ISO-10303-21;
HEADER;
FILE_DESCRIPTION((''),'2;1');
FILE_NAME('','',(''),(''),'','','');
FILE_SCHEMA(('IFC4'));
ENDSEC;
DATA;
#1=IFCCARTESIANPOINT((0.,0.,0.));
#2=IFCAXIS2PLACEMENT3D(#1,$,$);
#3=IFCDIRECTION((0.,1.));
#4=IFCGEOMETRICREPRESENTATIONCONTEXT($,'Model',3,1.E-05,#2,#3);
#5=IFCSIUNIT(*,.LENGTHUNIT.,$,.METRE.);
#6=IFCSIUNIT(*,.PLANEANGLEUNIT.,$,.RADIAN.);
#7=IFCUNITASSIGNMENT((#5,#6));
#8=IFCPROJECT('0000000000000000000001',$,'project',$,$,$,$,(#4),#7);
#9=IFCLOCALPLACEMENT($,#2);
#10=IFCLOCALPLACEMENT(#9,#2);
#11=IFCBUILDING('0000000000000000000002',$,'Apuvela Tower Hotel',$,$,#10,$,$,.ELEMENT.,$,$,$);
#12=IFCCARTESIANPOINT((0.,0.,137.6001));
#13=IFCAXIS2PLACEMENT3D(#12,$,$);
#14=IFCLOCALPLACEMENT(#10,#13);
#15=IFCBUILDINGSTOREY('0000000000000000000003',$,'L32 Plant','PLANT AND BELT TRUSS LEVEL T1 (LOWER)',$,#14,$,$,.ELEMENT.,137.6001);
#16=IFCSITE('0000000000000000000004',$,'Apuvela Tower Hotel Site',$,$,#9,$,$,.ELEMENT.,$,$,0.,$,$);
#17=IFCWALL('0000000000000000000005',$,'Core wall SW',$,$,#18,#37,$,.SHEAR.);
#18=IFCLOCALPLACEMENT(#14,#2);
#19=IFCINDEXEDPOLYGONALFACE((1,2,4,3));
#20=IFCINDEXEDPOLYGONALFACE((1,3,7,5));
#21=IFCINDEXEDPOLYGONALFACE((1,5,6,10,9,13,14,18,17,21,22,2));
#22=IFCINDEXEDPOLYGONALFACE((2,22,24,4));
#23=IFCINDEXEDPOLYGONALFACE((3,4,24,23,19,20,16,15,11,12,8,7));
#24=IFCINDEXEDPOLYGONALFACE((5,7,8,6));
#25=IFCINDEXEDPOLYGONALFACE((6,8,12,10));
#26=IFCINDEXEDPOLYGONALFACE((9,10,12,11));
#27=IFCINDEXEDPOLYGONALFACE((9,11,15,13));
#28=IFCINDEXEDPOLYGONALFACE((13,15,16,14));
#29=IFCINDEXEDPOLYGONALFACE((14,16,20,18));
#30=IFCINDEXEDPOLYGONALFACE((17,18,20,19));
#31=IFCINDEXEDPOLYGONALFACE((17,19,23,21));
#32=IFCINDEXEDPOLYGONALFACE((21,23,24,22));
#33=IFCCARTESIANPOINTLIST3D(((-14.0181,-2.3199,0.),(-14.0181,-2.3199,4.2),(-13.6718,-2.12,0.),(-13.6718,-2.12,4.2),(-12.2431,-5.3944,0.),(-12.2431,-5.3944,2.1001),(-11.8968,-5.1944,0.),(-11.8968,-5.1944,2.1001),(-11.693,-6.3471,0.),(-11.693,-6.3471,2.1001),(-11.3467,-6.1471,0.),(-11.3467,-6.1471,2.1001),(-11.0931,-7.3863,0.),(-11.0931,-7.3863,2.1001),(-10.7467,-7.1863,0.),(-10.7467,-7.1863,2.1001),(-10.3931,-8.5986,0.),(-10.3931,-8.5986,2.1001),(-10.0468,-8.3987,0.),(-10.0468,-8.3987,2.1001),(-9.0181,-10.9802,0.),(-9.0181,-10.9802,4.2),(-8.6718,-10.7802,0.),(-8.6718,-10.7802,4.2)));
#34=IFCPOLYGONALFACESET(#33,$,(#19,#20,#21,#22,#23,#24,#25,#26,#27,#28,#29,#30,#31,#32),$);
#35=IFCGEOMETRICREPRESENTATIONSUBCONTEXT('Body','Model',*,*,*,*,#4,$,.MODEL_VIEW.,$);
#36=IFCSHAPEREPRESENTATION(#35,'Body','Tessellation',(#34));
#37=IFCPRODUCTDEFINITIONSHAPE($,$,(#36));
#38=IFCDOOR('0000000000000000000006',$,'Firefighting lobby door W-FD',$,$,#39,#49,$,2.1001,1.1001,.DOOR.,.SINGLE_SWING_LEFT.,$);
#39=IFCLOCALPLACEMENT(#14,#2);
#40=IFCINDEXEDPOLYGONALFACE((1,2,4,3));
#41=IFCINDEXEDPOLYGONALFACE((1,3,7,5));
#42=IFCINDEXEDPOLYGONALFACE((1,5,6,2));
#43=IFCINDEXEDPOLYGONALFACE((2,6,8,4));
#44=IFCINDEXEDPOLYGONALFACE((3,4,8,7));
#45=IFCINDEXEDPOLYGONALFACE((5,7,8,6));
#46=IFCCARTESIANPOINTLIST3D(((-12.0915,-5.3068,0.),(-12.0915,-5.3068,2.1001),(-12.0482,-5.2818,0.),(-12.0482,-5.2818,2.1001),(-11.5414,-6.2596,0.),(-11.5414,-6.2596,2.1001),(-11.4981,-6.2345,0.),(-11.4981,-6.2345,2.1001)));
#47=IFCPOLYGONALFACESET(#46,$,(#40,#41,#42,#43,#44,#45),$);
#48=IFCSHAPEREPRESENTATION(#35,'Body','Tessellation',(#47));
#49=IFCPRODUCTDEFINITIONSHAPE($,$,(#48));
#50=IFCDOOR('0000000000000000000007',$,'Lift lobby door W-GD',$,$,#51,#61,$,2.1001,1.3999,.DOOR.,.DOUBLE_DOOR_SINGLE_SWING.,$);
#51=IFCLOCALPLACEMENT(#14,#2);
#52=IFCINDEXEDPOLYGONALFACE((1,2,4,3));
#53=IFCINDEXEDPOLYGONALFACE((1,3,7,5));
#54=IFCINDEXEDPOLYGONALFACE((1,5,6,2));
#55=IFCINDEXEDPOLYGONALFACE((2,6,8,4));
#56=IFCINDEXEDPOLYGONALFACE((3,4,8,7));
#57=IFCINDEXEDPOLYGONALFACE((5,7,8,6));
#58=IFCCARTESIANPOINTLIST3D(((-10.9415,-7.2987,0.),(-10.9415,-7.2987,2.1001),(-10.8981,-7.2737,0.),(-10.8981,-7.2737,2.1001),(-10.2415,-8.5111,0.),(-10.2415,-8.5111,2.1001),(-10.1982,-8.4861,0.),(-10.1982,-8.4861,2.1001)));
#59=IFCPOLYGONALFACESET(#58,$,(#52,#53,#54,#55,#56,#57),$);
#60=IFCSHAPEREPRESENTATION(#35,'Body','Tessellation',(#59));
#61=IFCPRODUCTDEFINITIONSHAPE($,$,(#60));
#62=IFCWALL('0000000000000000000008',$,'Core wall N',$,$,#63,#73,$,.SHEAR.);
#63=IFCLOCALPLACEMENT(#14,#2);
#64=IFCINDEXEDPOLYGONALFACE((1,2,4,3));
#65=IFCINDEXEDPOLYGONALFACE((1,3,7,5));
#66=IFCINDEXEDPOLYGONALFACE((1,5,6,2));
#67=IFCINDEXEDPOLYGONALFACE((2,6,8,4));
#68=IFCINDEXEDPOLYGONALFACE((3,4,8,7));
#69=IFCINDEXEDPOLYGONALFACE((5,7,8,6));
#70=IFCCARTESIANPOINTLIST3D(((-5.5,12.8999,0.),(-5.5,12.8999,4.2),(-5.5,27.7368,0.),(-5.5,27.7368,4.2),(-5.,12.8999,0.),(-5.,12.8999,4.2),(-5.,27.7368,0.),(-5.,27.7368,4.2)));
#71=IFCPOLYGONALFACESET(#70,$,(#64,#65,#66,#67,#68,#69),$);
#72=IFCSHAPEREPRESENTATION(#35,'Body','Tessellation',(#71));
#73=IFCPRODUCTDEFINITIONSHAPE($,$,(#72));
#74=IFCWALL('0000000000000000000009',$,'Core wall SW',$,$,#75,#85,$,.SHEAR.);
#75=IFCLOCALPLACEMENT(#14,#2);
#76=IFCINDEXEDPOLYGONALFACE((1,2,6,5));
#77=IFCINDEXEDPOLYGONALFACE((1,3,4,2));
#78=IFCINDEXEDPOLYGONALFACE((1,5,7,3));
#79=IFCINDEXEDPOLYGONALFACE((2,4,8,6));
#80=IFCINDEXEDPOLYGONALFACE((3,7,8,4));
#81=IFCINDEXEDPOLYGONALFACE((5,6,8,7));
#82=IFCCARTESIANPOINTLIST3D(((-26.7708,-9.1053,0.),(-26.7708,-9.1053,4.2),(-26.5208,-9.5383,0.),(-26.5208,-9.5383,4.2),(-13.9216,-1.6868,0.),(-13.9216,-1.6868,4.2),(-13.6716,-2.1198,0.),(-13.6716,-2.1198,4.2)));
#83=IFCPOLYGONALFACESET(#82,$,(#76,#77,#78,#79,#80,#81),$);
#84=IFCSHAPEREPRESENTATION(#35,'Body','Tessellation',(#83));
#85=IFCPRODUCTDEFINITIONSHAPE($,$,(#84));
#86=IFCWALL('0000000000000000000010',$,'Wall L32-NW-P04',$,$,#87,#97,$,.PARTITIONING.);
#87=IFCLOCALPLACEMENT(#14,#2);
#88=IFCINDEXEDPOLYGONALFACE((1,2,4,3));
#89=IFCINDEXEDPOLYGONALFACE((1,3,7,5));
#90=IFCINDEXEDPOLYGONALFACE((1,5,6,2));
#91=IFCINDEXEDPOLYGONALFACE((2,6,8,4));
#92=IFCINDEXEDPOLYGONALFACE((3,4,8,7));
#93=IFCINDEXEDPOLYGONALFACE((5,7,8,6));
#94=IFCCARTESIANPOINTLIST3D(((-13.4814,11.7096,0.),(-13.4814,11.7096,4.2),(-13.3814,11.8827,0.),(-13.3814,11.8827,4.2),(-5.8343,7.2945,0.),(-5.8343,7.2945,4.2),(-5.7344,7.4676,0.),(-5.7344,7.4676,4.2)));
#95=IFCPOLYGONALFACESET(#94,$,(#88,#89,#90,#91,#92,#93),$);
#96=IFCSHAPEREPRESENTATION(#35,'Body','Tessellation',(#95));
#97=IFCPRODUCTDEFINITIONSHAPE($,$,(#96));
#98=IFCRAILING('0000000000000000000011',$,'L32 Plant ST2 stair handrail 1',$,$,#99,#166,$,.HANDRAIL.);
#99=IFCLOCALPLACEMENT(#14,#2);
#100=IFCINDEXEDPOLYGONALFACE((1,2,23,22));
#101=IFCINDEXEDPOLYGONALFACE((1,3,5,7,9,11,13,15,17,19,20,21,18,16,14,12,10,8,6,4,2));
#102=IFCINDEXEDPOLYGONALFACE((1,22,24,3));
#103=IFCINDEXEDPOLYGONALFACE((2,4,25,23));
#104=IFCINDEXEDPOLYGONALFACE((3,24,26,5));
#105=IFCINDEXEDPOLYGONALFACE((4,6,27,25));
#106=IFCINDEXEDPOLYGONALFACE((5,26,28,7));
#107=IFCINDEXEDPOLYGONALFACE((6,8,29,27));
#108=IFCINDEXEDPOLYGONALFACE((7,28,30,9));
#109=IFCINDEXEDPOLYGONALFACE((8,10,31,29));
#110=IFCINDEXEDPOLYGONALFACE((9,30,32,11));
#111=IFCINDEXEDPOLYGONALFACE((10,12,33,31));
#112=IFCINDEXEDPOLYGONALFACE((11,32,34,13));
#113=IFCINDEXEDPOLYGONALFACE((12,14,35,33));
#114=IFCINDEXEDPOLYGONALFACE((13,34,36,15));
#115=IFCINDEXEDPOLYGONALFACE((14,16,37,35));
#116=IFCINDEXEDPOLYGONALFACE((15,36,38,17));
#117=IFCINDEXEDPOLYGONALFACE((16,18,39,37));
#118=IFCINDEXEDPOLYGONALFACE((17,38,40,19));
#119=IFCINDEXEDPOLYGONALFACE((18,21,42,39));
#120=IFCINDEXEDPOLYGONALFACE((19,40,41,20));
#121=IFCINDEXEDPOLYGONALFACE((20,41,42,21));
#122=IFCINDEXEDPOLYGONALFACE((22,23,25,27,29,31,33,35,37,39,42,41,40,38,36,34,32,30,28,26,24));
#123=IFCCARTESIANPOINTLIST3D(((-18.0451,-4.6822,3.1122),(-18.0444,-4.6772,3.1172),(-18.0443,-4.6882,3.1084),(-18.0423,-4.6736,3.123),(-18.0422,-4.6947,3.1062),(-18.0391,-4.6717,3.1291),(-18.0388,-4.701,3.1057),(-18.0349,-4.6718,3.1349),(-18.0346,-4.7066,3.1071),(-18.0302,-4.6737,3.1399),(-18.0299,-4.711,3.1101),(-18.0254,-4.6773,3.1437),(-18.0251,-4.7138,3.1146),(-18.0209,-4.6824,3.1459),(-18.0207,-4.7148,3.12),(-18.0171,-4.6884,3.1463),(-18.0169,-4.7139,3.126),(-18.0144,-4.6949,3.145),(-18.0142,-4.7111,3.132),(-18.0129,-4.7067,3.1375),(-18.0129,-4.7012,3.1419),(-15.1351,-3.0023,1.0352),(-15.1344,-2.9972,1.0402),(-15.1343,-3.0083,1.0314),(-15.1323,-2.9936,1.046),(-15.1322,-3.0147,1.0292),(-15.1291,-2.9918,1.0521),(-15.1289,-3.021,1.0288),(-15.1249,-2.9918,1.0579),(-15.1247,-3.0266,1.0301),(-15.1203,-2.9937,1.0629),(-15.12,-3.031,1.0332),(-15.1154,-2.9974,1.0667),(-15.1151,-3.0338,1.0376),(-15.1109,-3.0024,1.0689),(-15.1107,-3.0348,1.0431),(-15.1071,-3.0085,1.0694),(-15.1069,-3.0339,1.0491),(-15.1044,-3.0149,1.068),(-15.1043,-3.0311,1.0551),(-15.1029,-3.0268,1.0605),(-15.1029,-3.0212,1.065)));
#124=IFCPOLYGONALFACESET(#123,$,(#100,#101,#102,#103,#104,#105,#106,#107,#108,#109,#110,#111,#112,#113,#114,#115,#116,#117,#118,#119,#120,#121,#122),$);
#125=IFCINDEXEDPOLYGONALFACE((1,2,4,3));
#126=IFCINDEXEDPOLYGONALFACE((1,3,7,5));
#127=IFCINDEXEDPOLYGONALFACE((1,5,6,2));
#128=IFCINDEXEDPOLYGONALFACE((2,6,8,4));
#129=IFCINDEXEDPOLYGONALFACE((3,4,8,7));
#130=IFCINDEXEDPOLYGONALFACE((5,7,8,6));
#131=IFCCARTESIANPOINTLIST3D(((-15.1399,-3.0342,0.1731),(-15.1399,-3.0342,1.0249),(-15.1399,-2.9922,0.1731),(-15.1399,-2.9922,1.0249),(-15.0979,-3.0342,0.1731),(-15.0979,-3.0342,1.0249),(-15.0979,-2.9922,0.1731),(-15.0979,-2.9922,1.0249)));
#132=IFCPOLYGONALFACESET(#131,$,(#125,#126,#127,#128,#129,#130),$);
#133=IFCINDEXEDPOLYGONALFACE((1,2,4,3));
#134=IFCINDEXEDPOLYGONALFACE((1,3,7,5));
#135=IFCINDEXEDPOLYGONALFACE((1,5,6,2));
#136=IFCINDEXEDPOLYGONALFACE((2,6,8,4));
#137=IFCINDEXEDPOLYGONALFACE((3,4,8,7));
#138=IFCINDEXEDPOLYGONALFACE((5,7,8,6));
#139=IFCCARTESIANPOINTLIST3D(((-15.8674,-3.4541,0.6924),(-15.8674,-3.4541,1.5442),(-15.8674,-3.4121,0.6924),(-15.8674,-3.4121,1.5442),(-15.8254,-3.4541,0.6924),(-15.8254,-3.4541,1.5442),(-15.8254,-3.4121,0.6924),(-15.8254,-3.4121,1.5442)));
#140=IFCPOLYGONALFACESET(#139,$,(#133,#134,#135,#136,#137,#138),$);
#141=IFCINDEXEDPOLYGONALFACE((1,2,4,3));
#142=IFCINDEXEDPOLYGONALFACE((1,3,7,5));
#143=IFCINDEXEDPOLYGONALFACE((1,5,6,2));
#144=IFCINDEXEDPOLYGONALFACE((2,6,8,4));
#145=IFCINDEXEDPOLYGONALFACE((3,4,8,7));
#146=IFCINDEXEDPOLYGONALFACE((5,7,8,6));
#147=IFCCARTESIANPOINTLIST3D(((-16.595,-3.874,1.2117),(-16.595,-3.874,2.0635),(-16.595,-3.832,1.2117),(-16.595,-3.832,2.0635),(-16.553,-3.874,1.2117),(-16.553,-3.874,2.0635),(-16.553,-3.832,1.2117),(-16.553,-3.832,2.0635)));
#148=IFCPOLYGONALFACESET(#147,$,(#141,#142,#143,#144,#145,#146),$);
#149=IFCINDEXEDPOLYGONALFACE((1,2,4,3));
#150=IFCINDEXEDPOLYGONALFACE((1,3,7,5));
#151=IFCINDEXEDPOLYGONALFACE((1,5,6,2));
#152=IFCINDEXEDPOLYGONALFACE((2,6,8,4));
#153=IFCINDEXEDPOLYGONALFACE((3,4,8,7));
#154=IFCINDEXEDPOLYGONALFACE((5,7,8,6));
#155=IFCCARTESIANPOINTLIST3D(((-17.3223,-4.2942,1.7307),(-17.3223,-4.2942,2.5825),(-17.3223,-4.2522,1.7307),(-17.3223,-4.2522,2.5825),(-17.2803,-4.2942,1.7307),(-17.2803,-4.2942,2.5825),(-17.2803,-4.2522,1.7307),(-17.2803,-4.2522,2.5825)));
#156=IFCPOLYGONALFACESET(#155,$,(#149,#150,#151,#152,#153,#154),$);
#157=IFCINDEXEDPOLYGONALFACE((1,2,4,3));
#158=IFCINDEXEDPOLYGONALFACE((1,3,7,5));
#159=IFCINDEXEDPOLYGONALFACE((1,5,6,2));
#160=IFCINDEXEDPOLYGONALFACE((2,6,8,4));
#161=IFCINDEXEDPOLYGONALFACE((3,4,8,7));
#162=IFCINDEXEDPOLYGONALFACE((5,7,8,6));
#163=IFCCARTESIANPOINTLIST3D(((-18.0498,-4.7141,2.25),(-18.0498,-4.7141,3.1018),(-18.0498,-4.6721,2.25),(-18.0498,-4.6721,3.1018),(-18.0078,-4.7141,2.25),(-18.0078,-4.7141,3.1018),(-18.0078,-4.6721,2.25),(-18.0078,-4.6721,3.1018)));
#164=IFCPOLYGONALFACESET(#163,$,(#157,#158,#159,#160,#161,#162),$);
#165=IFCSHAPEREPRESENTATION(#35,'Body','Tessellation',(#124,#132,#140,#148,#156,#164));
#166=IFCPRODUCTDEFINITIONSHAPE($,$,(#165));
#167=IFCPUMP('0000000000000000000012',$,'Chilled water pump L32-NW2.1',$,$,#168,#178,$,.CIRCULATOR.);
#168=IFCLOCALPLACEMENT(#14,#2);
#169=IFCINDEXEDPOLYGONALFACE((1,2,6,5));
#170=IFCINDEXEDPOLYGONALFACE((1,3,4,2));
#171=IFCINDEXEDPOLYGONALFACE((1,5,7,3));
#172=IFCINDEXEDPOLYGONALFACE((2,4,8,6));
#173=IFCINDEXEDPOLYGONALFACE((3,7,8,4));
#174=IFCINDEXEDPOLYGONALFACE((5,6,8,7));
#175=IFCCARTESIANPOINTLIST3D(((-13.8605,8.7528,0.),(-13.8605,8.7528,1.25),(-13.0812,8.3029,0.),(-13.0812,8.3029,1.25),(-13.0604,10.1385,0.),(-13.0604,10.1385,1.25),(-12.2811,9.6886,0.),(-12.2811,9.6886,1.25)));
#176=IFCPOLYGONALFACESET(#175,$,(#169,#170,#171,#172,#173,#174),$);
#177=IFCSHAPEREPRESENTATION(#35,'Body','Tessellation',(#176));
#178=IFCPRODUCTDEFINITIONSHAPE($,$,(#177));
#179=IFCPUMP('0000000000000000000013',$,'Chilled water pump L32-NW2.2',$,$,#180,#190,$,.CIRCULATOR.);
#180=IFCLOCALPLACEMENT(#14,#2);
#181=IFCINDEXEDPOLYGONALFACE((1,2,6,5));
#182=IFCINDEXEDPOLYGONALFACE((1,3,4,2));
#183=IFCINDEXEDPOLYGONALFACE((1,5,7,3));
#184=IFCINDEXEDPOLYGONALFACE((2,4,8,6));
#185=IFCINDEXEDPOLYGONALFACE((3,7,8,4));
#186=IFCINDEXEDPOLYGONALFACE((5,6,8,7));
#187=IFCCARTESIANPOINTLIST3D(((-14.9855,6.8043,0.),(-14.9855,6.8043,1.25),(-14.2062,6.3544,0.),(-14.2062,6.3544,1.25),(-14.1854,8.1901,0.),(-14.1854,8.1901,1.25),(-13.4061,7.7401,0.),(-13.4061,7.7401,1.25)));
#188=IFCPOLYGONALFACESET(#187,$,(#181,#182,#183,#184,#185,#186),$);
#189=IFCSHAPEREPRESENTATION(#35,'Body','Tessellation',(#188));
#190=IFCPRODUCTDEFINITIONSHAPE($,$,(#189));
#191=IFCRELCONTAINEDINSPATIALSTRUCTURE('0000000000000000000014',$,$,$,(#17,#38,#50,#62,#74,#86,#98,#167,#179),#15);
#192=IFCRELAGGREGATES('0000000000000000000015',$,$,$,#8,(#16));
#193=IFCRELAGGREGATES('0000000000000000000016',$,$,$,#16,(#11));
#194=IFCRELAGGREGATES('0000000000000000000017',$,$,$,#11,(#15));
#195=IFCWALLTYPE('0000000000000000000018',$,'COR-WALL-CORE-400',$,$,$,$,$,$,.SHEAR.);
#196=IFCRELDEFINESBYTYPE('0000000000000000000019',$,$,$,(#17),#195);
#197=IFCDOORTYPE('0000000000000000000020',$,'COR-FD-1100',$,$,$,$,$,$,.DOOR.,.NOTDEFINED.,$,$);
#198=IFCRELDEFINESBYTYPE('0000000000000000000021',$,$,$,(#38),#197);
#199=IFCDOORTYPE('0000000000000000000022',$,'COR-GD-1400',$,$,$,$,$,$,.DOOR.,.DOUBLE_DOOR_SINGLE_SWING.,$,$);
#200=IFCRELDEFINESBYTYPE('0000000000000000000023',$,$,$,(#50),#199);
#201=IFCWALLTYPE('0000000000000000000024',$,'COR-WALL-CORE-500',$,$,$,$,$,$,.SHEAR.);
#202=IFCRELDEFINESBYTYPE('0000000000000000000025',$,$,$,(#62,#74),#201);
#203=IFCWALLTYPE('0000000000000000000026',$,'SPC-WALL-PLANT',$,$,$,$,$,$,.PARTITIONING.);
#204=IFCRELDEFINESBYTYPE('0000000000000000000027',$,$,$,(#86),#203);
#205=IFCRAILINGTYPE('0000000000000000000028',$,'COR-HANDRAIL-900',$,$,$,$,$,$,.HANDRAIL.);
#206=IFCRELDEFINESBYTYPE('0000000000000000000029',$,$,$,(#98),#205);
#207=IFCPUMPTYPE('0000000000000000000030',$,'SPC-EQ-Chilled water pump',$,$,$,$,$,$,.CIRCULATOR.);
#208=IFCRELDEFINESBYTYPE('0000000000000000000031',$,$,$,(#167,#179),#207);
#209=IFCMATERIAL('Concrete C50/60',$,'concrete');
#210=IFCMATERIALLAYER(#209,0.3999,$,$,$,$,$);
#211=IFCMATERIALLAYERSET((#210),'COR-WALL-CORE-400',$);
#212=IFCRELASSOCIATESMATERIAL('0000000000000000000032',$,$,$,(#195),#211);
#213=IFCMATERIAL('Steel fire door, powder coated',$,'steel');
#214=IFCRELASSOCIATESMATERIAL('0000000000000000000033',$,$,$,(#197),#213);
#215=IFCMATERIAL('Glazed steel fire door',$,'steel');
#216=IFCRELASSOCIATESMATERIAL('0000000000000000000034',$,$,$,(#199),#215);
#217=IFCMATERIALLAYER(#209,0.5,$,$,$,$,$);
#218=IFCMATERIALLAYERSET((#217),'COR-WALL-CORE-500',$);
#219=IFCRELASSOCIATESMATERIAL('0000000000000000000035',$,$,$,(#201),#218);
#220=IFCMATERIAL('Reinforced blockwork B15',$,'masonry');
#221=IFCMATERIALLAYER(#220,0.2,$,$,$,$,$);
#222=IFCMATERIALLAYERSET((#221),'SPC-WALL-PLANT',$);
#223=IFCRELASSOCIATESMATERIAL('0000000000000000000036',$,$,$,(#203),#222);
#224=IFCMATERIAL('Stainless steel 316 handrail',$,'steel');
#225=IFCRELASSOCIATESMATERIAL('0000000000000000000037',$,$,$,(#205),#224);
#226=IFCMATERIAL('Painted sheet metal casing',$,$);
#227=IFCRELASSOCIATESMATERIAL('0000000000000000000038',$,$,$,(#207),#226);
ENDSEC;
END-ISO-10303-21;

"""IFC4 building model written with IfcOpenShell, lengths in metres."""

from ifc_helpers import new_model, si_unit, direction, frame, frame_2d, origin, origin_2d, place, context, subcontext, project, spatial, rectangle, circle, extrude, material, layer, layer_set, type_object, element, fill, save


model = new_model("IFC4")

# Units and contexts
model_context = context("Model", 3, precision=1e-05, world=origin(), true_north=direction((0.0, 1.0)))
body_context = subcontext(model_context, "Body", "Model", "MODEL_VIEW")
ifc_project = project(units=[si_unit("LENGTHUNIT", "METRE"), si_unit("PLANEANGLEUNIT", "RADIAN")], contexts=[model_context])

# Site, building, storey
site_placement = place(None, origin())
site = spatial("IfcSite", under=ifc_project, at=site_placement, Name="Apuvela Tower Hotel Site", CompositionType="ELEMENT", RefElevation=0.0)
building_placement = place(site_placement, origin())
building = spatial("IfcBuilding", under=site, at=building_placement, Name="Apuvela Tower Hotel", CompositionType="ELEMENT")
storey_placement = place(building_placement, frame((0.0, 0.0, 137.6001)))
storey = spatial("IfcBuildingStorey", under=building, at=storey_placement, Name="L32 Plant", Description="PLANT AND BELT TRUSS LEVEL T1 (LOWER)", CompositionType="ELEMENT", Elevation=137.6001)

# Shared definitions
ifc_material_1 = material(Name="Concrete C50/60", Category="concrete")

# Wall, openings, doors
ifc_layer_1 = layer(ifc_material_1, 0.3999)
ifc_layer_set_1 = layer_set([ifc_layer_1], Name="COR-WALL-CORE-400")
wall_type_1 = type_object("IfcWallType", Name="COR-WALL-CORE-400", PredefinedType="SHEAR", material=ifc_layer_set_1)
wall_1_placement = place(storey_placement, frame((-13.845, -2.22, 0.0), z_axis=(0.0, 0.0, 1.0), x_axis=(0.500004, -0.866023, 0.0)))
wall_1 = element("IfcWall", 1, at=wall_1_placement, inside=storey, type_object=wall_type_1, Name="Core wall SW", PredefinedType="SHEAR", context=body_context, shape_type="SweptSolid", body=[
    extrude(rectangle(XDim=10.0, YDim=0.3999, at=frame_2d((5.0, 0.0))), origin(), (0.0, 0.0, 1.0), 4.2),
])
opening_1_placement = place(wall_1_placement, frame((3.55, 0.0, 0.0)))
opening_1 = element("IfcOpeningElement", 2, at=opening_1_placement, cuts=wall_1, PredefinedType="OPENING", context=body_context, shape_type="SweptSolid", body=[
    extrude(rectangle(XDim=1.1001, YDim=2.1001, at=frame_2d((0.55, 1.05))), frame((0.0, 0.21, 0.0), z_axis=(0.0, -1.0, 0.0), x_axis=(1.0, 0.0, 0.0)), (0.0, 0.0, 1.0), 0.4199),
])
opening_2_placement = place(wall_1_placement, frame((5.8501, 0.0, 0.0)))
opening_2 = element("IfcOpeningElement", 3, at=opening_2_placement, cuts=wall_1, PredefinedType="OPENING", context=body_context, shape_type="SweptSolid", body=[
    extrude(rectangle(XDim=1.3999, YDim=2.1001, at=frame_2d((0.7, 1.05))), frame((0.0, 0.21, 0.0), z_axis=(0.0, -1.0, 0.0), x_axis=(1.0, 0.0, 0.0)), (0.0, 0.0, 1.0), 0.4199),
])
ifc_material_2 = material(Name="Steel fire door, powder coated", Category="steel")
door_type_1 = type_object("IfcDoorType", Name="COR-FD-1100", OperationType="NOTDEFINED", PredefinedType="DOOR", material=ifc_material_2)
door_1_placement = place(opening_1_placement, frame((1.1001, 0.0, 0.0), z_axis=(0.0, 0.0, 1.0), x_axis=(-1.0, 0.0, 0.0)))
door_1 = element("IfcDoor", 4, at=door_1_placement, inside=storey, type_object=door_type_1, Name="Firefighting lobby door W-FD", OperationType="SINGLE_SWING_LEFT", OverallHeight=2.1001, OverallWidth=1.1001, PredefinedType="DOOR", context=body_context, shape_type="SweptSolid", body=[
    extrude(rectangle(XDim=1.1001, YDim=2.1001, at=frame_2d((0.55, 1.05))), frame((0.0, 0.0249, 0.0), z_axis=(0.0, -1.0, 0.0), x_axis=(1.0, 0.0, 0.0)), (0.0, 0.0, 1.0), 0.05),
])
fill(opening_1, door_1)
ifc_material_3 = material(Name="Glazed steel fire door", Category="steel")
door_type_2 = type_object("IfcDoorType", Name="COR-GD-1400", OperationType="DOUBLE_DOOR_SINGLE_SWING", PredefinedType="DOOR", material=ifc_material_3)
door_2_placement = place(opening_2_placement, frame((1.3999, 0.0, 0.0), z_axis=(0.0, 0.0, 1.0), x_axis=(-1.0, 0.0, 0.0)))
door_2 = element("IfcDoor", 5, at=door_2_placement, inside=storey, type_object=door_type_2, Name="Lift lobby door W-GD", OperationType="DOUBLE_DOOR_SINGLE_SWING", OverallHeight=2.1001, OverallWidth=1.3999, PredefinedType="DOOR", context=body_context, shape_type="SweptSolid", body=[
    extrude(rectangle(XDim=1.3999, YDim=2.1001, at=frame_2d((0.7, 1.05))), frame((0.0, 0.0249, 0.0), z_axis=(0.0, -1.0, 0.0), x_axis=(1.0, 0.0, 0.0)), (0.0, 0.0, 1.0), 0.05),
])
fill(opening_2, door_2)

# Walls
ifc_layer_2 = layer(ifc_material_1, 0.5)
ifc_layer_set_2 = layer_set([ifc_layer_2], Name="COR-WALL-CORE-500")
wall_type_2 = type_object("IfcWallType", Name="COR-WALL-CORE-500", PredefinedType="SHEAR", material=ifc_layer_set_2)
for number, where, z_axis, x_axis, name in (
    (6, (-5.25, 12.8999, 0.0), (0.0, 0.0, 1.0), (0.0, 1.0, 0.0), "Core wall N"),
    (7, (-13.7966, -1.9033, 0.0), (0.0, 0.0, 1.0), (-0.866025, -0.500001, 0.0), "Core wall SW"),
):
    element("IfcWall", number, at=place(storey_placement, frame(where, z_axis=z_axis, x_axis=x_axis)), inside=storey, type_object=wall_type_2, Name=name, PredefinedType="SHEAR", context=body_context, shape_type="SweptSolid", body=[
        extrude(rectangle(XDim=14.8369, YDim=0.5, at=frame_2d((7.4185, 0.0))), origin(), (0.0, 0.0, 1.0), 4.2),
    ])
ifc_material_4 = material(Name="Reinforced blockwork B15", Category="masonry")
ifc_layer_3 = layer(ifc_material_4, 0.2)
ifc_layer_set_3 = layer_set([ifc_layer_3], Name="SPC-WALL-PLANT")
wall_type_3 = type_object("IfcWallType", Name="SPC-WALL-PLANT", PredefinedType="PARTITIONING", material=ifc_layer_set_3)
wall_2_placement = place(storey_placement, frame((-13.4314, 11.7961, 0.0), z_axis=(0.0, 0.0, 1.0), x_axis=(0.866023, -0.500005, 0.0)))
element("IfcWall", 8, at=wall_2_placement, inside=storey, type_object=wall_type_3, Name="Wall L32-NW-P04", PredefinedType="PARTITIONING", context=body_context, shape_type="SweptSolid", body=[
    extrude(rectangle(XDim=8.8301, YDim=0.2, at=frame_2d((4.415, 0.0))), origin(), (0.0, 0.0, 1.0), 4.2),
])

# Railing
ifc_material_5 = material(Name="Stainless steel 316 handrail", Category="steel")
railing_type_1 = type_object("IfcRailingType", Name="COR-HANDRAIL-900", PredefinedType="HANDRAIL", material=ifc_material_5)
railing_1_placement = place(storey_placement, frame((-15.1189, -3.0132, 0.1731)))
element("IfcRailing", 9, at=railing_1_placement, inside=storey, type_object=railing_type_1, Name="L32 Plant ST2 stair handrail 1", PredefinedType="HANDRAIL", context=body_context, shape_type="SweptSolid", body=[
    extrude(circle(Radius=0.0239, at=origin_2d()), frame((0.0, 0.0, 0.876), z_axis=(-0.736668, -0.425288, 0.525785), x_axis=(0.499976, -0.866039, 0.0)), (0.0, 0.0, 1.0), 3.9502),
    extrude(rectangle(XDim=0.042, YDim=0.042, at=origin_2d()), origin(), (0.0, 0.0, 1.0), 0.8518),
    extrude(rectangle(XDim=0.042, YDim=0.042, at=origin_2d()), frame((-0.7275, -0.4199, 0.5193)), (0.0, 0.0, 1.0), 0.8518),
    extrude(rectangle(XDim=0.042, YDim=0.042, at=origin_2d()), frame((-1.4551, -0.8398, 1.0386)), (0.0, 0.0, 1.0), 0.8518),
    extrude(rectangle(XDim=0.042, YDim=0.042, at=origin_2d()), frame((-2.1824, -1.26, 1.5576)), (0.0, 0.0, 1.0), 0.8518),
    extrude(rectangle(XDim=0.042, YDim=0.042, at=origin_2d()), frame((-2.9099, -1.6799, 2.0769)), (0.0, 0.0, 1.0), 0.8518),
])

# Pumps
ifc_material_6 = material(Name="Painted sheet metal casing")
pump_type = type_object("IfcPumpType", Name="SPC-EQ-Chilled water pump", PredefinedType="CIRCULATOR", material=ifc_material_6)
for number, where, z_axis, x_axis, name in (
    (10, (-13.0708, 9.2207, 0.0), (0.0, 0.0, 1.0), (-0.5, -0.866025, 0.0), "Chilled water pump L32-NW2.1"),
    (11, (-14.1958, 7.2722, 0.0), (0.0, 0.0, 1.0), (-0.5, -0.866025, 0.0), "Chilled water pump L32-NW2.2"),
):
    element("IfcPump", number, at=place(storey_placement, frame(where, z_axis=z_axis, x_axis=x_axis)), inside=storey, type_object=pump_type, Name=name, PredefinedType="CIRCULATOR", context=body_context, shape_type="SweptSolid", body=[
        extrude(rectangle(XDim=1.6001, YDim=0.8999, at=origin_2d()), origin(), (0.0, 0.0, 1.0), 1.25),
    ])

save(model, "model.ifc")
